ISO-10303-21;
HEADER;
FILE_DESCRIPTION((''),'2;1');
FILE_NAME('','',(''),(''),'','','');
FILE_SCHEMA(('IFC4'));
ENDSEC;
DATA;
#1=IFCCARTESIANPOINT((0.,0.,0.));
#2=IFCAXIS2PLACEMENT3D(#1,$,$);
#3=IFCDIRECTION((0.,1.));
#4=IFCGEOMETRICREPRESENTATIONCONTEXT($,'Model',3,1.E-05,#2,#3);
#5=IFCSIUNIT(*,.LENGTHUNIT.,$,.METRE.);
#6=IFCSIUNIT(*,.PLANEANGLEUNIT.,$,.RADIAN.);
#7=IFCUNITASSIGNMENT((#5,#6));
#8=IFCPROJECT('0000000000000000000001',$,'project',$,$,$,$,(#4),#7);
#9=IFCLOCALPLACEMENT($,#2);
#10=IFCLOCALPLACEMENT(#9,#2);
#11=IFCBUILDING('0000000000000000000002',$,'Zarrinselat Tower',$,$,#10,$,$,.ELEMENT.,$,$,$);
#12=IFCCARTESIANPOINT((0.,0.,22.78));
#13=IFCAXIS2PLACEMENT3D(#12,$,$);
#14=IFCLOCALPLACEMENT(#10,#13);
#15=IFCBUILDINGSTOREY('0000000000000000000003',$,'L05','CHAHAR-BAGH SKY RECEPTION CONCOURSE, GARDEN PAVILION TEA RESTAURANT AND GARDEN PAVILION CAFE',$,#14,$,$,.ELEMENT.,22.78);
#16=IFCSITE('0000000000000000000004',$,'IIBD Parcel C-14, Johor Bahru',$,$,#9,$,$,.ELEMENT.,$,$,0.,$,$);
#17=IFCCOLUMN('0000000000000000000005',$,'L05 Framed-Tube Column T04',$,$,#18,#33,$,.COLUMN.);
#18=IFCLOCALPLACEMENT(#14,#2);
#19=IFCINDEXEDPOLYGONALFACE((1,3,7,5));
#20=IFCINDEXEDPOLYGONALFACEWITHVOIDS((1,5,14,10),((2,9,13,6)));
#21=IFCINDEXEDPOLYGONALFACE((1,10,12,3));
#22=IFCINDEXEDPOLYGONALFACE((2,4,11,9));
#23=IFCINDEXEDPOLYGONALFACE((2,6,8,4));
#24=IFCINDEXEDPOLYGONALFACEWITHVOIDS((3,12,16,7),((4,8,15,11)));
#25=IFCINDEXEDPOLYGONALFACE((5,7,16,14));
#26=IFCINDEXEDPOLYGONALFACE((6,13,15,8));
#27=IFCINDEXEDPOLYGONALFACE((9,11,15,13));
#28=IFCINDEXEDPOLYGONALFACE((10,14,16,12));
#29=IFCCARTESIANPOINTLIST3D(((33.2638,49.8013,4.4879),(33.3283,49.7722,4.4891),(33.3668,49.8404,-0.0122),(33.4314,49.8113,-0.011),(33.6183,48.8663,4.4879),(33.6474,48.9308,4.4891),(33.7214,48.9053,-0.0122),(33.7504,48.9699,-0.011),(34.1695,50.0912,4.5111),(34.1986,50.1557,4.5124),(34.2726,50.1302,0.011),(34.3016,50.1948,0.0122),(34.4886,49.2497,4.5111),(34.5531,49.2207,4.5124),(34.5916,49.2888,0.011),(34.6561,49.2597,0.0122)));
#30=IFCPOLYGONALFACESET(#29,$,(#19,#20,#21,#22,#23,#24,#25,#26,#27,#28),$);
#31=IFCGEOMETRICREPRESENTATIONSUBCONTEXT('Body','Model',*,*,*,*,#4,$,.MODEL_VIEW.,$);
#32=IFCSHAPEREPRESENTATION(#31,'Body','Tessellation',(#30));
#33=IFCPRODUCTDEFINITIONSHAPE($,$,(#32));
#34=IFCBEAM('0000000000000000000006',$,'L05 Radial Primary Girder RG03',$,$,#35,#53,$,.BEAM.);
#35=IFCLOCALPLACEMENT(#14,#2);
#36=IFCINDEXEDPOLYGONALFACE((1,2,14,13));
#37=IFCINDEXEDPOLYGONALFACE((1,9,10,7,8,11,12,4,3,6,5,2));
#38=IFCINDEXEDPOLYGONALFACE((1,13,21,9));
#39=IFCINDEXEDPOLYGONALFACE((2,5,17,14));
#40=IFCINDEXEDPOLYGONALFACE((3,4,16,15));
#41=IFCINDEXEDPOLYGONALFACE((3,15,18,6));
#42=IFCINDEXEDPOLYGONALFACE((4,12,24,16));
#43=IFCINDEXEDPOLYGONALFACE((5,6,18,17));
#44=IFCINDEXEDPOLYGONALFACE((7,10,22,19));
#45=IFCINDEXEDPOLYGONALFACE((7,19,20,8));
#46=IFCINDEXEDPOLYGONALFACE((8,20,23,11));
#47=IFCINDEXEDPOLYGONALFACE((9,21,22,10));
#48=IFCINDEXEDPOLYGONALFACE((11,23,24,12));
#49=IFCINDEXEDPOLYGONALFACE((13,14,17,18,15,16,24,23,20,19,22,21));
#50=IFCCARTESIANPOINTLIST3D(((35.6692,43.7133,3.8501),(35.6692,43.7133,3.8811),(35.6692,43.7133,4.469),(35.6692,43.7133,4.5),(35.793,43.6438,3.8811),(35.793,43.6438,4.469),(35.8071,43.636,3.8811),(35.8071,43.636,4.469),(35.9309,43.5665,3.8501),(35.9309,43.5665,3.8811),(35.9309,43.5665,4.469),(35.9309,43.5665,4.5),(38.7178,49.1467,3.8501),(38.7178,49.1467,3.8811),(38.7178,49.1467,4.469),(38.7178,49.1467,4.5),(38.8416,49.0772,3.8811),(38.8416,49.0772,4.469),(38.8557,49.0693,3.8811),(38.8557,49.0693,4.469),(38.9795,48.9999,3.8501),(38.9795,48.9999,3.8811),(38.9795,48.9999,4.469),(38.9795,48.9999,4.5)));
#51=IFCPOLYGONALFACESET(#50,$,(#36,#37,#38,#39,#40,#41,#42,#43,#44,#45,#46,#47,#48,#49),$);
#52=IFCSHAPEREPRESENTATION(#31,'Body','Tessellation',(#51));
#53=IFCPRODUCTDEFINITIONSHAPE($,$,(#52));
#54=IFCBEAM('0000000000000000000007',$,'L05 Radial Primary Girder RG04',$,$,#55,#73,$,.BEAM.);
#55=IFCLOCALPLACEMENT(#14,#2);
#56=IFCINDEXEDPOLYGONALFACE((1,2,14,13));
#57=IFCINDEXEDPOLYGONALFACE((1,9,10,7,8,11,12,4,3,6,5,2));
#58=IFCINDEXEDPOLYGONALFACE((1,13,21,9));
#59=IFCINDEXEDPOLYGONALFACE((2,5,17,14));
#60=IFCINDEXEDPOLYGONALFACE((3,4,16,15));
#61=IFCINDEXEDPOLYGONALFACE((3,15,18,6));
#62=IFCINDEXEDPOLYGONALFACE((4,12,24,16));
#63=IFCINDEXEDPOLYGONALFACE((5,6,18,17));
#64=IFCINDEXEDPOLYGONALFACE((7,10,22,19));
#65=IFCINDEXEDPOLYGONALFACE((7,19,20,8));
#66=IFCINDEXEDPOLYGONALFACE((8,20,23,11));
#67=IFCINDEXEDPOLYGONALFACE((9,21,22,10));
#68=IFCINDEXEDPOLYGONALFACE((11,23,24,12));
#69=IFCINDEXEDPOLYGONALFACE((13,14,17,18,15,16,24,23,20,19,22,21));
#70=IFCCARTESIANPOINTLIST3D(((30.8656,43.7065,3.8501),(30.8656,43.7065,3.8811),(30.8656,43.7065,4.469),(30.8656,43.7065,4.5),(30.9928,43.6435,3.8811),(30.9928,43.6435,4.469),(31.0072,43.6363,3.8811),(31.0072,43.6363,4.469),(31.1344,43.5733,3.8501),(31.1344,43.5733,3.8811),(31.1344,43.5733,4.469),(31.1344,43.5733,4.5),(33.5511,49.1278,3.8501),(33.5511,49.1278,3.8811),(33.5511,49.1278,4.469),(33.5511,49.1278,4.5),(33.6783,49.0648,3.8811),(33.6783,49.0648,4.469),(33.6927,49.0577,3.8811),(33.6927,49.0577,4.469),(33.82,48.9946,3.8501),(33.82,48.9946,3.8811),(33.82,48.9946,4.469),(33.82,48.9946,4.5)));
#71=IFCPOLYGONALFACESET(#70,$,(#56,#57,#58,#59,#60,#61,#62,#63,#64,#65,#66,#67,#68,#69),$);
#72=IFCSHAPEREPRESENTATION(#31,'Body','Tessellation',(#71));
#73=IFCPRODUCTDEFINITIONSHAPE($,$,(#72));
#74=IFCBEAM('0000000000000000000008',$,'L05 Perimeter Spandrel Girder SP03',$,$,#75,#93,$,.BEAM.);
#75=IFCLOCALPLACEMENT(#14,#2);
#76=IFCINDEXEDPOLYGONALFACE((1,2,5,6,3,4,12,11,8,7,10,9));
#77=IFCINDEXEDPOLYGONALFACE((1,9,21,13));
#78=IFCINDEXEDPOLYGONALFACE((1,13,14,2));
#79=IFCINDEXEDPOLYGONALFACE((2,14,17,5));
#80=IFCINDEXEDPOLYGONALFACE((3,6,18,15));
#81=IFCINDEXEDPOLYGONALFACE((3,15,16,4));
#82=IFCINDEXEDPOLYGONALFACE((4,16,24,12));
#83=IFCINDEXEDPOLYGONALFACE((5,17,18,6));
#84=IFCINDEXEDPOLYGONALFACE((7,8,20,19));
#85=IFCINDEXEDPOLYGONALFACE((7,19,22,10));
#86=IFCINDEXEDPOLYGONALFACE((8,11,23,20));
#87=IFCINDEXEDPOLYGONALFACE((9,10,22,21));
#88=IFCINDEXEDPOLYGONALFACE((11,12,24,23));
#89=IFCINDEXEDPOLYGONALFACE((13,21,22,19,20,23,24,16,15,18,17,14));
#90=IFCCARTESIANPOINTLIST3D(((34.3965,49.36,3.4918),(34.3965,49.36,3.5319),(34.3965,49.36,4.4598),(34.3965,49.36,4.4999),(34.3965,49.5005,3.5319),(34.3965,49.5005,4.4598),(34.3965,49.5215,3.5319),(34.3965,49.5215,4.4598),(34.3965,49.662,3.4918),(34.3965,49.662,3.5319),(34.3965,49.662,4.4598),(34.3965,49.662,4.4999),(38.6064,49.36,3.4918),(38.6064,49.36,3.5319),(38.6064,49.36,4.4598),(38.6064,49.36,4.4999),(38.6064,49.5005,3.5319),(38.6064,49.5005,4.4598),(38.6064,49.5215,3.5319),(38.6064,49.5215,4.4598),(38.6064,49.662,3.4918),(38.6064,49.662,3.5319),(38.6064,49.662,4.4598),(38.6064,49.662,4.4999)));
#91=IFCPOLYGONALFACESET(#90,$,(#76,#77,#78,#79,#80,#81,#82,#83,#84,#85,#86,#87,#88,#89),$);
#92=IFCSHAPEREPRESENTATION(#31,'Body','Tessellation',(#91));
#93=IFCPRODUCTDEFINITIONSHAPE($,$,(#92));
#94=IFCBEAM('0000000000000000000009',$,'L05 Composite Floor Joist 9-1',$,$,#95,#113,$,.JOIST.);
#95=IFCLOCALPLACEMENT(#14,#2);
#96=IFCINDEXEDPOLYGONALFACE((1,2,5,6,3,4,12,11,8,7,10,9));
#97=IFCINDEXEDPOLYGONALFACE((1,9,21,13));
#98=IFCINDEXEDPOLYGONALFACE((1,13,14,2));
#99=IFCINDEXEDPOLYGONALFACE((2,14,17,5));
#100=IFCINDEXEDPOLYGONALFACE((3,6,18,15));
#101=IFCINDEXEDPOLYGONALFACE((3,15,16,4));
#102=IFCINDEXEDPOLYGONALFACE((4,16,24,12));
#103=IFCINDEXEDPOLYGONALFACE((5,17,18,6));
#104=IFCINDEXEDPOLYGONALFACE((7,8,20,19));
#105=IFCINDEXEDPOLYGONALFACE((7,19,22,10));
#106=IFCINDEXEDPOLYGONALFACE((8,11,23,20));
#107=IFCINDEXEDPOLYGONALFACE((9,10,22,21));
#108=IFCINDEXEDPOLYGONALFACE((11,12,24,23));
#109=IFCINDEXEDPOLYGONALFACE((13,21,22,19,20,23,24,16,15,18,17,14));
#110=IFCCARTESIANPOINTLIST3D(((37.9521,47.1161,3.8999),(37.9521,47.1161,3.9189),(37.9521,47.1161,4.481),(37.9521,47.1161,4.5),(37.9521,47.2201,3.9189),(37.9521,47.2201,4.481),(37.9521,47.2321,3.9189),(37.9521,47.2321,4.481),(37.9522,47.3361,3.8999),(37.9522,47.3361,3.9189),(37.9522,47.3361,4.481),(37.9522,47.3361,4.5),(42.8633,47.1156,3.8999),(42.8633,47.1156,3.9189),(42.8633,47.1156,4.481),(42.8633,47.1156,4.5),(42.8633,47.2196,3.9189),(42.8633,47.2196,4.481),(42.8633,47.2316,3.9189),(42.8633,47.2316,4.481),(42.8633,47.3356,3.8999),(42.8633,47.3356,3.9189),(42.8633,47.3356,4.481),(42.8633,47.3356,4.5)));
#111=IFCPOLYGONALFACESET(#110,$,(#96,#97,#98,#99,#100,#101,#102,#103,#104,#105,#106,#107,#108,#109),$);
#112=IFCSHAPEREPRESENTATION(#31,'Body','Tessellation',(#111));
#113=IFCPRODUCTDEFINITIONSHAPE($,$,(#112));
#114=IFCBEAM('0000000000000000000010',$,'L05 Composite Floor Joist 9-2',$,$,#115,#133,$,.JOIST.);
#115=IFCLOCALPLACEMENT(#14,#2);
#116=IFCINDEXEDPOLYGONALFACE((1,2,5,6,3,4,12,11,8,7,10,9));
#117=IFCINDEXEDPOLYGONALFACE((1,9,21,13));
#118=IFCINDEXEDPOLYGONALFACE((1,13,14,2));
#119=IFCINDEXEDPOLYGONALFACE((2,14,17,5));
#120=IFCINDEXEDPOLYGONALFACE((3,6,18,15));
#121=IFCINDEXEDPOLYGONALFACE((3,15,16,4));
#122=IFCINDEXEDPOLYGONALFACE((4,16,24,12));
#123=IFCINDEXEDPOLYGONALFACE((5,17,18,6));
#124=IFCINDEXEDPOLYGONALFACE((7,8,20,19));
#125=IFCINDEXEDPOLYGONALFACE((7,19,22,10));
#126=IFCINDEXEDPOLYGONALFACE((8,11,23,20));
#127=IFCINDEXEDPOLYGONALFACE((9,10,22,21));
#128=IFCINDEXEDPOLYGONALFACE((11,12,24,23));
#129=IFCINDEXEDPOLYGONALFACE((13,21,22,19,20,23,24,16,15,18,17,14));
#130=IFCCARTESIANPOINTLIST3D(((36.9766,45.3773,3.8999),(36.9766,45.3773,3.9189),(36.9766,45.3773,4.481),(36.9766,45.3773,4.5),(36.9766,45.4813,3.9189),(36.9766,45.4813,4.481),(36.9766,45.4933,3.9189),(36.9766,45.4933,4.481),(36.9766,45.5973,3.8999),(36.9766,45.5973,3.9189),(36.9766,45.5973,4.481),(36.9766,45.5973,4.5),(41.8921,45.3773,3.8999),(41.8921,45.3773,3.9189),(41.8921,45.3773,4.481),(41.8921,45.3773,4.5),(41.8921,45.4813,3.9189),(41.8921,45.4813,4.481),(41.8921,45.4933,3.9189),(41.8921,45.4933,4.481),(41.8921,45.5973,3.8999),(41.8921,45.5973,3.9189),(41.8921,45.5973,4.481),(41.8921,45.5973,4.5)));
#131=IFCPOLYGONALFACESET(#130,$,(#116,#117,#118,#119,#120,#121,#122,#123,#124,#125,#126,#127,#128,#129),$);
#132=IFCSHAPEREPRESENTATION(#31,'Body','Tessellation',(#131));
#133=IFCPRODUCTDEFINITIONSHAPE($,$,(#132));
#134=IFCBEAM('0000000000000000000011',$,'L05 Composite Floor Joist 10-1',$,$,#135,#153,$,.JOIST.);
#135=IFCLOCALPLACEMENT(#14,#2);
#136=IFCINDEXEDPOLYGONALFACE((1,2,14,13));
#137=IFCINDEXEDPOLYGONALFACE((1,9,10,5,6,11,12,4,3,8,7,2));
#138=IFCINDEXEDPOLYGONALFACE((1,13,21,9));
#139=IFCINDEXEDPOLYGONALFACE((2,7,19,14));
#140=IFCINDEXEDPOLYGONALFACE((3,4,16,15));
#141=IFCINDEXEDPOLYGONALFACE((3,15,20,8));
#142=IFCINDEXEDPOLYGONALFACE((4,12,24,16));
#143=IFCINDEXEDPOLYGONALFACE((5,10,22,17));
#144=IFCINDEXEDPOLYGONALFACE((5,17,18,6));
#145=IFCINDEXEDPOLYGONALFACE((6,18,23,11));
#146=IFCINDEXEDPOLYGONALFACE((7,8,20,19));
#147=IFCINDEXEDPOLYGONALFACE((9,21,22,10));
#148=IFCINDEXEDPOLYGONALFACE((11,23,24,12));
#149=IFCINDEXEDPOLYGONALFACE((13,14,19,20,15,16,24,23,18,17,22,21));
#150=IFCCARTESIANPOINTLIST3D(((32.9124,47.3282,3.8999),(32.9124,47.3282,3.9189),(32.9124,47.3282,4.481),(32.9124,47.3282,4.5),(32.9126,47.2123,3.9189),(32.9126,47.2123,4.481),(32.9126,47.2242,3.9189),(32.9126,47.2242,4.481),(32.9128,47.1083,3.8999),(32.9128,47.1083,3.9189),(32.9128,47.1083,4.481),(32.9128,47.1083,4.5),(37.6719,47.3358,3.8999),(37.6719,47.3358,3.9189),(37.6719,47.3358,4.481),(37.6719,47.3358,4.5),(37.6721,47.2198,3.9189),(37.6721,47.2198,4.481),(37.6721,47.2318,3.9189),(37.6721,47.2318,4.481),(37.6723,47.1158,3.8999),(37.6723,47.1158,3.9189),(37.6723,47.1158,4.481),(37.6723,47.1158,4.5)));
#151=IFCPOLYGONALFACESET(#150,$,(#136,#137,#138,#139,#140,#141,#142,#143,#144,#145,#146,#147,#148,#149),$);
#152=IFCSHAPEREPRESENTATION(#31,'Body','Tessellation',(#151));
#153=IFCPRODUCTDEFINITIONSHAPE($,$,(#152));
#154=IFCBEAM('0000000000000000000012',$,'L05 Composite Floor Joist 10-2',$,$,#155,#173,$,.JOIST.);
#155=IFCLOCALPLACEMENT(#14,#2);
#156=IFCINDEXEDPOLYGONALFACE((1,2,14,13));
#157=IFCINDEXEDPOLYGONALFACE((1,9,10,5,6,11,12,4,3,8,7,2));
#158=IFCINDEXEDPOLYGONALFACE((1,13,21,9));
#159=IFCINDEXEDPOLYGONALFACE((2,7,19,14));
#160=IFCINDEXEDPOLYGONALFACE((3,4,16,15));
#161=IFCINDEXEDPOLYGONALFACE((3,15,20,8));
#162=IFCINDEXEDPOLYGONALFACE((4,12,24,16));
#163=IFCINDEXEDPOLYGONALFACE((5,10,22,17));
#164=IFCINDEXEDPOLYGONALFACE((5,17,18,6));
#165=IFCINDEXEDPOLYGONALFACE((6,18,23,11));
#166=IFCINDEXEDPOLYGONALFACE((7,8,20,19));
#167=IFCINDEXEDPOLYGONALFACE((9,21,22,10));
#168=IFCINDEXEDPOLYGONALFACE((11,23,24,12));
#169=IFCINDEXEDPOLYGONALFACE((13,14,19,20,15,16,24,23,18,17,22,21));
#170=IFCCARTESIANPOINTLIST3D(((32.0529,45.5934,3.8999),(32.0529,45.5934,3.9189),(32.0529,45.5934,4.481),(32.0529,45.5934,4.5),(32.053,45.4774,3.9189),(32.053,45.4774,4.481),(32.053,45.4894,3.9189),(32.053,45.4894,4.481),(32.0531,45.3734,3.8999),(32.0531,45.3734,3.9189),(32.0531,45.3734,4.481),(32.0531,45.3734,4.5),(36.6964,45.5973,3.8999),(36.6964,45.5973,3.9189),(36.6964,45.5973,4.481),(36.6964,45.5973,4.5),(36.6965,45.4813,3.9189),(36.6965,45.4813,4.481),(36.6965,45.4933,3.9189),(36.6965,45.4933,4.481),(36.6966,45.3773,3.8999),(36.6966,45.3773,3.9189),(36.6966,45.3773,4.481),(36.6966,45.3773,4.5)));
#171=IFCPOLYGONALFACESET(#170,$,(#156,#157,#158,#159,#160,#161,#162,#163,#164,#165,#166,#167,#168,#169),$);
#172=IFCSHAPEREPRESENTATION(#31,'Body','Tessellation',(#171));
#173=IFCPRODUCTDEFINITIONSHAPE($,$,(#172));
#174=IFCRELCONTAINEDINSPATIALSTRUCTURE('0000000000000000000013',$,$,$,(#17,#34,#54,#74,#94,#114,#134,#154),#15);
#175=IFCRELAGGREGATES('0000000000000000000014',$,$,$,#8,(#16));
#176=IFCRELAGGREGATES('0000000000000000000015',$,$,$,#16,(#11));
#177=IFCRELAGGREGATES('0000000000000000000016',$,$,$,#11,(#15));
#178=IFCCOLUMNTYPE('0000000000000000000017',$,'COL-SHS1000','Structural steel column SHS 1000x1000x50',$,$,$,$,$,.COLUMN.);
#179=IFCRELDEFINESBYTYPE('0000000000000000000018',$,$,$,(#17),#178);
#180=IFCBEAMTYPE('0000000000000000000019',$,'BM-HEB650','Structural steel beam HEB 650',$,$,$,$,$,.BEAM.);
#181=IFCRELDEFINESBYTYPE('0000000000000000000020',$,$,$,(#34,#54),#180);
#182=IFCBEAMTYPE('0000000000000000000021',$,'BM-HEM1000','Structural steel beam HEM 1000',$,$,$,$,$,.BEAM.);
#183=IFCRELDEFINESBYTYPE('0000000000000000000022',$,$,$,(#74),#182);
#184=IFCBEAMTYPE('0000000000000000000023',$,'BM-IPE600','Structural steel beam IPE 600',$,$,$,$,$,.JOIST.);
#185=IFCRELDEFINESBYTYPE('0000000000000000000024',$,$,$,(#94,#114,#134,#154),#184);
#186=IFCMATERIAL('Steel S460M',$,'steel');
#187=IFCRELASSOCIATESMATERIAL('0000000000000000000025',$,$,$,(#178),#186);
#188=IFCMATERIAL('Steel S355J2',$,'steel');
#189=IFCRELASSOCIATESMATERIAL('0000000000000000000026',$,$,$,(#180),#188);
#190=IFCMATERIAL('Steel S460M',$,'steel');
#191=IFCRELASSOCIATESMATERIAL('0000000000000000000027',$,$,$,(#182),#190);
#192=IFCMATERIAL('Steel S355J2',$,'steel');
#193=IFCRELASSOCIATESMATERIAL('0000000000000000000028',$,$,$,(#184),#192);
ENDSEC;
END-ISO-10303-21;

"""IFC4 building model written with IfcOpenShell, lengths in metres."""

from ifc_helpers import new_model, si_unit, direction, frame, origin, origin_2d, place, context, subcontext, project, spatial, hollow_rectangle, i_section, extrude, material, material_profile, profile_set, type_object, element, save


model = new_model("IFC4")

# Units and contexts
model_context = context("Model", 3, precision=1e-05, world=origin(), true_north=direction((0.0, 1.0)))
body_context = subcontext(model_context, "Body", "Model", "MODEL_VIEW")
ifc_project = project(units=[si_unit("LENGTHUNIT", "METRE"), si_unit("PLANEANGLEUNIT", "RADIAN")], contexts=[model_context])

# Site, building, storey
site_placement = place(None, origin())
site = spatial("IfcSite", under=ifc_project, at=site_placement, Name="IIBD Parcel C-14, Johor Bahru", CompositionType="ELEMENT", RefElevation=0.0)
building_placement = place(site_placement, origin())
building = spatial("IfcBuilding", under=site, at=building_placement, Name="Zarrinselat Tower", CompositionType="ELEMENT")
storey_placement = place(building_placement, frame((0.0, 0.0, 22.78)))
storey = spatial("IfcBuildingStorey", under=building, at=storey_placement, Name="L05", Description="CHAHAR-BAGH SKY RECEPTION CONCOURSE, GARDEN PAVILION TEA RESTAURANT AND GARDEN PAVILION CAFE", CompositionType="ELEMENT", Elevation=22.78)

# Column
ifc_material_1 = material(Name="Steel S460M", Category="steel")
ifc_material_profile_1 = material_profile(ifc_material_1, hollow_rectangle(XDim=1.0, YDim=1.0, WallThickness=0.05, at=origin_2d()), Name="SHS 1000x1000x50")
ifc_profile_set_1 = profile_set([ifc_material_profile_1], Name="Steel S460M")
column_type = type_object("IfcColumnType", Name="COL-SHS1000", Description="Structural steel column SHS 1000x1000x50", PredefinedType="COLUMN", material=ifc_profile_set_1)
column_placement = place(storey_placement, frame((34.0115, 49.55, 0.0), z_axis=(-0.022888, -0.008678, 0.9997), x_axis=(0.354521, -0.935048, 0.0)))
element("IfcColumn", 1, at=column_placement, inside=storey, type_object=column_type, Name="L05 Framed-Tube Column T04", PredefinedType="COLUMN", context=body_context, shape_type="SweptSolid", body=[
    extrude(hollow_rectangle(XDim=1.0, YDim=1.0, WallThickness=0.05, at=origin_2d()), origin(), (0.0, 0.0, 1.0), 4.5015),
])

# Beams
ifc_material_2 = material(Name="Steel S355J2", Category="steel")
ifc_material_profile_2 = material_profile(ifc_material_2, i_section(OverallWidth=0.3, OverallDepth=0.6499, WebThickness=0.0161, FlangeThickness=0.031, at=origin_2d()), Name="HEB 650")
ifc_profile_set_2 = profile_set([ifc_material_profile_2], Name="Steel S355J2")
beam_type_1 = type_object("IfcBeamType", Name="BM-HEB650", Description="Structural steel beam HEB 650", PredefinedType="BEAM", material=ifc_profile_set_2)
beam_1_placement = place(storey_placement, frame((35.8, 43.6399, 4.175), z_axis=(0.489325, 0.872101, 0.0), x_axis=(-0.872101, 0.489325, 0.0)))
element("IfcBeam", 2, at=beam_1_placement, inside=storey, type_object=beam_type_1, Name="L05 Radial Primary Girder RG03", PredefinedType="BEAM", context=body_context, shape_type="SweptSolid", body=[
    extrude(i_section(OverallWidth=0.3, OverallDepth=0.6499, WebThickness=0.0161, FlangeThickness=0.031, at=origin_2d()), origin(), (0.0, 0.0, 1.0), 6.2302),
])
beam_2_placement = place(storey_placement, frame((31.0, 43.6399, 4.175), z_axis=(0.443885, 0.896084, 0.0), x_axis=(-0.896084, 0.443885, 0.0)))
element("IfcBeam", 3, at=beam_2_placement, inside=storey, type_object=beam_type_1, Name="L05 Radial Primary Girder RG04", PredefinedType="BEAM", context=body_context, shape_type="SweptSolid", body=[
    extrude(i_section(OverallWidth=0.3, OverallDepth=0.6499, WebThickness=0.0161, FlangeThickness=0.031, at=origin_2d()), origin(), (0.0, 0.0, 1.0), 6.05),
])
ifc_material_3 = material(Name="Steel S460M", Category="steel")
ifc_material_profile_3 = material_profile(ifc_material_3, i_section(OverallWidth=0.302, OverallDepth=1.0081, WebThickness=0.021, FlangeThickness=0.04, at=origin_2d()), Name="HEM 1000")
ifc_profile_set_3 = profile_set([ifc_material_profile_3], Name="Steel S460M")
beam_type_2 = type_object("IfcBeamType", Name="BM-HEM1000", Description="Structural steel beam HEM 1000", PredefinedType="BEAM", material=ifc_profile_set_3)
beam_3_placement = place(storey_placement, frame((34.3965, 49.511, 3.9958), z_axis=(1.0, 0.0, 0.0), x_axis=(0.0, 1.0, 0.0)))
element("IfcBeam", 4, at=beam_3_placement, inside=storey, type_object=beam_type_2, Name="L05 Perimeter Spandrel Girder SP03", PredefinedType="BEAM", context=body_context, shape_type="SweptSolid", body=[
    extrude(i_section(OverallWidth=0.302, OverallDepth=1.0081, WebThickness=0.021, FlangeThickness=0.04, at=origin_2d()), origin(), (0.0, 0.0, 1.0), 4.21),
])
ifc_material_4 = material(Name="Steel S355J2", Category="steel")
ifc_material_profile_4 = material_profile(ifc_material_4, i_section(OverallWidth=0.22, OverallDepth=0.6001, WebThickness=0.012, FlangeThickness=0.019, at=origin_2d()), Name="IPE 600")
ifc_profile_set_4 = profile_set([ifc_material_profile_4], Name="Steel S355J2")
beam_type_3 = type_object("IfcBeamType", Name="BM-IPE600", Description="Structural steel beam IPE 600", PredefinedType="JOIST", material=ifc_profile_set_4)
beam_4_placement = place(storey_placement, frame((37.9521, 47.2261, 4.2), z_axis=(1.0, -0.000099, 0.0), x_axis=(0.000099, 1.0, 0.0)))
element("IfcBeam", 5, at=beam_4_placement, inside=storey, type_object=beam_type_3, Name="L05 Composite Floor Joist 9-1", PredefinedType="JOIST", context=body_context, shape_type="SweptSolid", body=[
    extrude(i_section(OverallWidth=0.22, OverallDepth=0.6001, WebThickness=0.012, FlangeThickness=0.019, at=origin_2d()), origin(), (0.0, 0.0, 1.0), 4.9111),
])
beam_5_placement = place(storey_placement, frame((36.9766, 45.4873, 4.2), z_axis=(1.0, 0.0, 0.0), x_axis=(0.0, 1.0, 0.0)))
element("IfcBeam", 6, at=beam_5_placement, inside=storey, type_object=beam_type_3, Name="L05 Composite Floor Joist 9-2", PredefinedType="JOIST", context=body_context, shape_type="SweptSolid", body=[
    extrude(i_section(OverallWidth=0.22, OverallDepth=0.6001, WebThickness=0.012, FlangeThickness=0.019, at=origin_2d()), origin(), (0.0, 0.0, 1.0), 4.9155),
])
beam_6_placement = place(storey_placement, frame((32.9126, 47.2183, 4.2), z_axis=(0.999999, 0.00159, 0.0), x_axis=(-0.00159, 0.999999, 0.0)))
element("IfcBeam", 7, at=beam_6_placement, inside=storey, type_object=beam_type_3, Name="L05 Composite Floor Joist 10-1", PredefinedType="JOIST", context=body_context, shape_type="SweptSolid", body=[
    extrude(i_section(OverallWidth=0.22, OverallDepth=0.6001, WebThickness=0.012, FlangeThickness=0.019, at=origin_2d()), origin(), (0.0, 0.0, 1.0), 4.7595),
])
beam_7_placement = place(storey_placement, frame((32.053, 45.4834, 4.2), z_axis=(1.0, 0.000841, 0.0), x_axis=(-0.000841, 1.0, 0.0)))
element("IfcBeam", 8, at=beam_7_placement, inside=storey, type_object=beam_type_3, Name="L05 Composite Floor Joist 10-2", PredefinedType="JOIST", context=body_context, shape_type="SweptSolid", body=[
    extrude(i_section(OverallWidth=0.22, OverallDepth=0.6001, WebThickness=0.012, FlangeThickness=0.019, at=origin_2d()), origin(), (0.0, 0.0, 1.0), 4.6436),
])

save(model, "model.ifc")
